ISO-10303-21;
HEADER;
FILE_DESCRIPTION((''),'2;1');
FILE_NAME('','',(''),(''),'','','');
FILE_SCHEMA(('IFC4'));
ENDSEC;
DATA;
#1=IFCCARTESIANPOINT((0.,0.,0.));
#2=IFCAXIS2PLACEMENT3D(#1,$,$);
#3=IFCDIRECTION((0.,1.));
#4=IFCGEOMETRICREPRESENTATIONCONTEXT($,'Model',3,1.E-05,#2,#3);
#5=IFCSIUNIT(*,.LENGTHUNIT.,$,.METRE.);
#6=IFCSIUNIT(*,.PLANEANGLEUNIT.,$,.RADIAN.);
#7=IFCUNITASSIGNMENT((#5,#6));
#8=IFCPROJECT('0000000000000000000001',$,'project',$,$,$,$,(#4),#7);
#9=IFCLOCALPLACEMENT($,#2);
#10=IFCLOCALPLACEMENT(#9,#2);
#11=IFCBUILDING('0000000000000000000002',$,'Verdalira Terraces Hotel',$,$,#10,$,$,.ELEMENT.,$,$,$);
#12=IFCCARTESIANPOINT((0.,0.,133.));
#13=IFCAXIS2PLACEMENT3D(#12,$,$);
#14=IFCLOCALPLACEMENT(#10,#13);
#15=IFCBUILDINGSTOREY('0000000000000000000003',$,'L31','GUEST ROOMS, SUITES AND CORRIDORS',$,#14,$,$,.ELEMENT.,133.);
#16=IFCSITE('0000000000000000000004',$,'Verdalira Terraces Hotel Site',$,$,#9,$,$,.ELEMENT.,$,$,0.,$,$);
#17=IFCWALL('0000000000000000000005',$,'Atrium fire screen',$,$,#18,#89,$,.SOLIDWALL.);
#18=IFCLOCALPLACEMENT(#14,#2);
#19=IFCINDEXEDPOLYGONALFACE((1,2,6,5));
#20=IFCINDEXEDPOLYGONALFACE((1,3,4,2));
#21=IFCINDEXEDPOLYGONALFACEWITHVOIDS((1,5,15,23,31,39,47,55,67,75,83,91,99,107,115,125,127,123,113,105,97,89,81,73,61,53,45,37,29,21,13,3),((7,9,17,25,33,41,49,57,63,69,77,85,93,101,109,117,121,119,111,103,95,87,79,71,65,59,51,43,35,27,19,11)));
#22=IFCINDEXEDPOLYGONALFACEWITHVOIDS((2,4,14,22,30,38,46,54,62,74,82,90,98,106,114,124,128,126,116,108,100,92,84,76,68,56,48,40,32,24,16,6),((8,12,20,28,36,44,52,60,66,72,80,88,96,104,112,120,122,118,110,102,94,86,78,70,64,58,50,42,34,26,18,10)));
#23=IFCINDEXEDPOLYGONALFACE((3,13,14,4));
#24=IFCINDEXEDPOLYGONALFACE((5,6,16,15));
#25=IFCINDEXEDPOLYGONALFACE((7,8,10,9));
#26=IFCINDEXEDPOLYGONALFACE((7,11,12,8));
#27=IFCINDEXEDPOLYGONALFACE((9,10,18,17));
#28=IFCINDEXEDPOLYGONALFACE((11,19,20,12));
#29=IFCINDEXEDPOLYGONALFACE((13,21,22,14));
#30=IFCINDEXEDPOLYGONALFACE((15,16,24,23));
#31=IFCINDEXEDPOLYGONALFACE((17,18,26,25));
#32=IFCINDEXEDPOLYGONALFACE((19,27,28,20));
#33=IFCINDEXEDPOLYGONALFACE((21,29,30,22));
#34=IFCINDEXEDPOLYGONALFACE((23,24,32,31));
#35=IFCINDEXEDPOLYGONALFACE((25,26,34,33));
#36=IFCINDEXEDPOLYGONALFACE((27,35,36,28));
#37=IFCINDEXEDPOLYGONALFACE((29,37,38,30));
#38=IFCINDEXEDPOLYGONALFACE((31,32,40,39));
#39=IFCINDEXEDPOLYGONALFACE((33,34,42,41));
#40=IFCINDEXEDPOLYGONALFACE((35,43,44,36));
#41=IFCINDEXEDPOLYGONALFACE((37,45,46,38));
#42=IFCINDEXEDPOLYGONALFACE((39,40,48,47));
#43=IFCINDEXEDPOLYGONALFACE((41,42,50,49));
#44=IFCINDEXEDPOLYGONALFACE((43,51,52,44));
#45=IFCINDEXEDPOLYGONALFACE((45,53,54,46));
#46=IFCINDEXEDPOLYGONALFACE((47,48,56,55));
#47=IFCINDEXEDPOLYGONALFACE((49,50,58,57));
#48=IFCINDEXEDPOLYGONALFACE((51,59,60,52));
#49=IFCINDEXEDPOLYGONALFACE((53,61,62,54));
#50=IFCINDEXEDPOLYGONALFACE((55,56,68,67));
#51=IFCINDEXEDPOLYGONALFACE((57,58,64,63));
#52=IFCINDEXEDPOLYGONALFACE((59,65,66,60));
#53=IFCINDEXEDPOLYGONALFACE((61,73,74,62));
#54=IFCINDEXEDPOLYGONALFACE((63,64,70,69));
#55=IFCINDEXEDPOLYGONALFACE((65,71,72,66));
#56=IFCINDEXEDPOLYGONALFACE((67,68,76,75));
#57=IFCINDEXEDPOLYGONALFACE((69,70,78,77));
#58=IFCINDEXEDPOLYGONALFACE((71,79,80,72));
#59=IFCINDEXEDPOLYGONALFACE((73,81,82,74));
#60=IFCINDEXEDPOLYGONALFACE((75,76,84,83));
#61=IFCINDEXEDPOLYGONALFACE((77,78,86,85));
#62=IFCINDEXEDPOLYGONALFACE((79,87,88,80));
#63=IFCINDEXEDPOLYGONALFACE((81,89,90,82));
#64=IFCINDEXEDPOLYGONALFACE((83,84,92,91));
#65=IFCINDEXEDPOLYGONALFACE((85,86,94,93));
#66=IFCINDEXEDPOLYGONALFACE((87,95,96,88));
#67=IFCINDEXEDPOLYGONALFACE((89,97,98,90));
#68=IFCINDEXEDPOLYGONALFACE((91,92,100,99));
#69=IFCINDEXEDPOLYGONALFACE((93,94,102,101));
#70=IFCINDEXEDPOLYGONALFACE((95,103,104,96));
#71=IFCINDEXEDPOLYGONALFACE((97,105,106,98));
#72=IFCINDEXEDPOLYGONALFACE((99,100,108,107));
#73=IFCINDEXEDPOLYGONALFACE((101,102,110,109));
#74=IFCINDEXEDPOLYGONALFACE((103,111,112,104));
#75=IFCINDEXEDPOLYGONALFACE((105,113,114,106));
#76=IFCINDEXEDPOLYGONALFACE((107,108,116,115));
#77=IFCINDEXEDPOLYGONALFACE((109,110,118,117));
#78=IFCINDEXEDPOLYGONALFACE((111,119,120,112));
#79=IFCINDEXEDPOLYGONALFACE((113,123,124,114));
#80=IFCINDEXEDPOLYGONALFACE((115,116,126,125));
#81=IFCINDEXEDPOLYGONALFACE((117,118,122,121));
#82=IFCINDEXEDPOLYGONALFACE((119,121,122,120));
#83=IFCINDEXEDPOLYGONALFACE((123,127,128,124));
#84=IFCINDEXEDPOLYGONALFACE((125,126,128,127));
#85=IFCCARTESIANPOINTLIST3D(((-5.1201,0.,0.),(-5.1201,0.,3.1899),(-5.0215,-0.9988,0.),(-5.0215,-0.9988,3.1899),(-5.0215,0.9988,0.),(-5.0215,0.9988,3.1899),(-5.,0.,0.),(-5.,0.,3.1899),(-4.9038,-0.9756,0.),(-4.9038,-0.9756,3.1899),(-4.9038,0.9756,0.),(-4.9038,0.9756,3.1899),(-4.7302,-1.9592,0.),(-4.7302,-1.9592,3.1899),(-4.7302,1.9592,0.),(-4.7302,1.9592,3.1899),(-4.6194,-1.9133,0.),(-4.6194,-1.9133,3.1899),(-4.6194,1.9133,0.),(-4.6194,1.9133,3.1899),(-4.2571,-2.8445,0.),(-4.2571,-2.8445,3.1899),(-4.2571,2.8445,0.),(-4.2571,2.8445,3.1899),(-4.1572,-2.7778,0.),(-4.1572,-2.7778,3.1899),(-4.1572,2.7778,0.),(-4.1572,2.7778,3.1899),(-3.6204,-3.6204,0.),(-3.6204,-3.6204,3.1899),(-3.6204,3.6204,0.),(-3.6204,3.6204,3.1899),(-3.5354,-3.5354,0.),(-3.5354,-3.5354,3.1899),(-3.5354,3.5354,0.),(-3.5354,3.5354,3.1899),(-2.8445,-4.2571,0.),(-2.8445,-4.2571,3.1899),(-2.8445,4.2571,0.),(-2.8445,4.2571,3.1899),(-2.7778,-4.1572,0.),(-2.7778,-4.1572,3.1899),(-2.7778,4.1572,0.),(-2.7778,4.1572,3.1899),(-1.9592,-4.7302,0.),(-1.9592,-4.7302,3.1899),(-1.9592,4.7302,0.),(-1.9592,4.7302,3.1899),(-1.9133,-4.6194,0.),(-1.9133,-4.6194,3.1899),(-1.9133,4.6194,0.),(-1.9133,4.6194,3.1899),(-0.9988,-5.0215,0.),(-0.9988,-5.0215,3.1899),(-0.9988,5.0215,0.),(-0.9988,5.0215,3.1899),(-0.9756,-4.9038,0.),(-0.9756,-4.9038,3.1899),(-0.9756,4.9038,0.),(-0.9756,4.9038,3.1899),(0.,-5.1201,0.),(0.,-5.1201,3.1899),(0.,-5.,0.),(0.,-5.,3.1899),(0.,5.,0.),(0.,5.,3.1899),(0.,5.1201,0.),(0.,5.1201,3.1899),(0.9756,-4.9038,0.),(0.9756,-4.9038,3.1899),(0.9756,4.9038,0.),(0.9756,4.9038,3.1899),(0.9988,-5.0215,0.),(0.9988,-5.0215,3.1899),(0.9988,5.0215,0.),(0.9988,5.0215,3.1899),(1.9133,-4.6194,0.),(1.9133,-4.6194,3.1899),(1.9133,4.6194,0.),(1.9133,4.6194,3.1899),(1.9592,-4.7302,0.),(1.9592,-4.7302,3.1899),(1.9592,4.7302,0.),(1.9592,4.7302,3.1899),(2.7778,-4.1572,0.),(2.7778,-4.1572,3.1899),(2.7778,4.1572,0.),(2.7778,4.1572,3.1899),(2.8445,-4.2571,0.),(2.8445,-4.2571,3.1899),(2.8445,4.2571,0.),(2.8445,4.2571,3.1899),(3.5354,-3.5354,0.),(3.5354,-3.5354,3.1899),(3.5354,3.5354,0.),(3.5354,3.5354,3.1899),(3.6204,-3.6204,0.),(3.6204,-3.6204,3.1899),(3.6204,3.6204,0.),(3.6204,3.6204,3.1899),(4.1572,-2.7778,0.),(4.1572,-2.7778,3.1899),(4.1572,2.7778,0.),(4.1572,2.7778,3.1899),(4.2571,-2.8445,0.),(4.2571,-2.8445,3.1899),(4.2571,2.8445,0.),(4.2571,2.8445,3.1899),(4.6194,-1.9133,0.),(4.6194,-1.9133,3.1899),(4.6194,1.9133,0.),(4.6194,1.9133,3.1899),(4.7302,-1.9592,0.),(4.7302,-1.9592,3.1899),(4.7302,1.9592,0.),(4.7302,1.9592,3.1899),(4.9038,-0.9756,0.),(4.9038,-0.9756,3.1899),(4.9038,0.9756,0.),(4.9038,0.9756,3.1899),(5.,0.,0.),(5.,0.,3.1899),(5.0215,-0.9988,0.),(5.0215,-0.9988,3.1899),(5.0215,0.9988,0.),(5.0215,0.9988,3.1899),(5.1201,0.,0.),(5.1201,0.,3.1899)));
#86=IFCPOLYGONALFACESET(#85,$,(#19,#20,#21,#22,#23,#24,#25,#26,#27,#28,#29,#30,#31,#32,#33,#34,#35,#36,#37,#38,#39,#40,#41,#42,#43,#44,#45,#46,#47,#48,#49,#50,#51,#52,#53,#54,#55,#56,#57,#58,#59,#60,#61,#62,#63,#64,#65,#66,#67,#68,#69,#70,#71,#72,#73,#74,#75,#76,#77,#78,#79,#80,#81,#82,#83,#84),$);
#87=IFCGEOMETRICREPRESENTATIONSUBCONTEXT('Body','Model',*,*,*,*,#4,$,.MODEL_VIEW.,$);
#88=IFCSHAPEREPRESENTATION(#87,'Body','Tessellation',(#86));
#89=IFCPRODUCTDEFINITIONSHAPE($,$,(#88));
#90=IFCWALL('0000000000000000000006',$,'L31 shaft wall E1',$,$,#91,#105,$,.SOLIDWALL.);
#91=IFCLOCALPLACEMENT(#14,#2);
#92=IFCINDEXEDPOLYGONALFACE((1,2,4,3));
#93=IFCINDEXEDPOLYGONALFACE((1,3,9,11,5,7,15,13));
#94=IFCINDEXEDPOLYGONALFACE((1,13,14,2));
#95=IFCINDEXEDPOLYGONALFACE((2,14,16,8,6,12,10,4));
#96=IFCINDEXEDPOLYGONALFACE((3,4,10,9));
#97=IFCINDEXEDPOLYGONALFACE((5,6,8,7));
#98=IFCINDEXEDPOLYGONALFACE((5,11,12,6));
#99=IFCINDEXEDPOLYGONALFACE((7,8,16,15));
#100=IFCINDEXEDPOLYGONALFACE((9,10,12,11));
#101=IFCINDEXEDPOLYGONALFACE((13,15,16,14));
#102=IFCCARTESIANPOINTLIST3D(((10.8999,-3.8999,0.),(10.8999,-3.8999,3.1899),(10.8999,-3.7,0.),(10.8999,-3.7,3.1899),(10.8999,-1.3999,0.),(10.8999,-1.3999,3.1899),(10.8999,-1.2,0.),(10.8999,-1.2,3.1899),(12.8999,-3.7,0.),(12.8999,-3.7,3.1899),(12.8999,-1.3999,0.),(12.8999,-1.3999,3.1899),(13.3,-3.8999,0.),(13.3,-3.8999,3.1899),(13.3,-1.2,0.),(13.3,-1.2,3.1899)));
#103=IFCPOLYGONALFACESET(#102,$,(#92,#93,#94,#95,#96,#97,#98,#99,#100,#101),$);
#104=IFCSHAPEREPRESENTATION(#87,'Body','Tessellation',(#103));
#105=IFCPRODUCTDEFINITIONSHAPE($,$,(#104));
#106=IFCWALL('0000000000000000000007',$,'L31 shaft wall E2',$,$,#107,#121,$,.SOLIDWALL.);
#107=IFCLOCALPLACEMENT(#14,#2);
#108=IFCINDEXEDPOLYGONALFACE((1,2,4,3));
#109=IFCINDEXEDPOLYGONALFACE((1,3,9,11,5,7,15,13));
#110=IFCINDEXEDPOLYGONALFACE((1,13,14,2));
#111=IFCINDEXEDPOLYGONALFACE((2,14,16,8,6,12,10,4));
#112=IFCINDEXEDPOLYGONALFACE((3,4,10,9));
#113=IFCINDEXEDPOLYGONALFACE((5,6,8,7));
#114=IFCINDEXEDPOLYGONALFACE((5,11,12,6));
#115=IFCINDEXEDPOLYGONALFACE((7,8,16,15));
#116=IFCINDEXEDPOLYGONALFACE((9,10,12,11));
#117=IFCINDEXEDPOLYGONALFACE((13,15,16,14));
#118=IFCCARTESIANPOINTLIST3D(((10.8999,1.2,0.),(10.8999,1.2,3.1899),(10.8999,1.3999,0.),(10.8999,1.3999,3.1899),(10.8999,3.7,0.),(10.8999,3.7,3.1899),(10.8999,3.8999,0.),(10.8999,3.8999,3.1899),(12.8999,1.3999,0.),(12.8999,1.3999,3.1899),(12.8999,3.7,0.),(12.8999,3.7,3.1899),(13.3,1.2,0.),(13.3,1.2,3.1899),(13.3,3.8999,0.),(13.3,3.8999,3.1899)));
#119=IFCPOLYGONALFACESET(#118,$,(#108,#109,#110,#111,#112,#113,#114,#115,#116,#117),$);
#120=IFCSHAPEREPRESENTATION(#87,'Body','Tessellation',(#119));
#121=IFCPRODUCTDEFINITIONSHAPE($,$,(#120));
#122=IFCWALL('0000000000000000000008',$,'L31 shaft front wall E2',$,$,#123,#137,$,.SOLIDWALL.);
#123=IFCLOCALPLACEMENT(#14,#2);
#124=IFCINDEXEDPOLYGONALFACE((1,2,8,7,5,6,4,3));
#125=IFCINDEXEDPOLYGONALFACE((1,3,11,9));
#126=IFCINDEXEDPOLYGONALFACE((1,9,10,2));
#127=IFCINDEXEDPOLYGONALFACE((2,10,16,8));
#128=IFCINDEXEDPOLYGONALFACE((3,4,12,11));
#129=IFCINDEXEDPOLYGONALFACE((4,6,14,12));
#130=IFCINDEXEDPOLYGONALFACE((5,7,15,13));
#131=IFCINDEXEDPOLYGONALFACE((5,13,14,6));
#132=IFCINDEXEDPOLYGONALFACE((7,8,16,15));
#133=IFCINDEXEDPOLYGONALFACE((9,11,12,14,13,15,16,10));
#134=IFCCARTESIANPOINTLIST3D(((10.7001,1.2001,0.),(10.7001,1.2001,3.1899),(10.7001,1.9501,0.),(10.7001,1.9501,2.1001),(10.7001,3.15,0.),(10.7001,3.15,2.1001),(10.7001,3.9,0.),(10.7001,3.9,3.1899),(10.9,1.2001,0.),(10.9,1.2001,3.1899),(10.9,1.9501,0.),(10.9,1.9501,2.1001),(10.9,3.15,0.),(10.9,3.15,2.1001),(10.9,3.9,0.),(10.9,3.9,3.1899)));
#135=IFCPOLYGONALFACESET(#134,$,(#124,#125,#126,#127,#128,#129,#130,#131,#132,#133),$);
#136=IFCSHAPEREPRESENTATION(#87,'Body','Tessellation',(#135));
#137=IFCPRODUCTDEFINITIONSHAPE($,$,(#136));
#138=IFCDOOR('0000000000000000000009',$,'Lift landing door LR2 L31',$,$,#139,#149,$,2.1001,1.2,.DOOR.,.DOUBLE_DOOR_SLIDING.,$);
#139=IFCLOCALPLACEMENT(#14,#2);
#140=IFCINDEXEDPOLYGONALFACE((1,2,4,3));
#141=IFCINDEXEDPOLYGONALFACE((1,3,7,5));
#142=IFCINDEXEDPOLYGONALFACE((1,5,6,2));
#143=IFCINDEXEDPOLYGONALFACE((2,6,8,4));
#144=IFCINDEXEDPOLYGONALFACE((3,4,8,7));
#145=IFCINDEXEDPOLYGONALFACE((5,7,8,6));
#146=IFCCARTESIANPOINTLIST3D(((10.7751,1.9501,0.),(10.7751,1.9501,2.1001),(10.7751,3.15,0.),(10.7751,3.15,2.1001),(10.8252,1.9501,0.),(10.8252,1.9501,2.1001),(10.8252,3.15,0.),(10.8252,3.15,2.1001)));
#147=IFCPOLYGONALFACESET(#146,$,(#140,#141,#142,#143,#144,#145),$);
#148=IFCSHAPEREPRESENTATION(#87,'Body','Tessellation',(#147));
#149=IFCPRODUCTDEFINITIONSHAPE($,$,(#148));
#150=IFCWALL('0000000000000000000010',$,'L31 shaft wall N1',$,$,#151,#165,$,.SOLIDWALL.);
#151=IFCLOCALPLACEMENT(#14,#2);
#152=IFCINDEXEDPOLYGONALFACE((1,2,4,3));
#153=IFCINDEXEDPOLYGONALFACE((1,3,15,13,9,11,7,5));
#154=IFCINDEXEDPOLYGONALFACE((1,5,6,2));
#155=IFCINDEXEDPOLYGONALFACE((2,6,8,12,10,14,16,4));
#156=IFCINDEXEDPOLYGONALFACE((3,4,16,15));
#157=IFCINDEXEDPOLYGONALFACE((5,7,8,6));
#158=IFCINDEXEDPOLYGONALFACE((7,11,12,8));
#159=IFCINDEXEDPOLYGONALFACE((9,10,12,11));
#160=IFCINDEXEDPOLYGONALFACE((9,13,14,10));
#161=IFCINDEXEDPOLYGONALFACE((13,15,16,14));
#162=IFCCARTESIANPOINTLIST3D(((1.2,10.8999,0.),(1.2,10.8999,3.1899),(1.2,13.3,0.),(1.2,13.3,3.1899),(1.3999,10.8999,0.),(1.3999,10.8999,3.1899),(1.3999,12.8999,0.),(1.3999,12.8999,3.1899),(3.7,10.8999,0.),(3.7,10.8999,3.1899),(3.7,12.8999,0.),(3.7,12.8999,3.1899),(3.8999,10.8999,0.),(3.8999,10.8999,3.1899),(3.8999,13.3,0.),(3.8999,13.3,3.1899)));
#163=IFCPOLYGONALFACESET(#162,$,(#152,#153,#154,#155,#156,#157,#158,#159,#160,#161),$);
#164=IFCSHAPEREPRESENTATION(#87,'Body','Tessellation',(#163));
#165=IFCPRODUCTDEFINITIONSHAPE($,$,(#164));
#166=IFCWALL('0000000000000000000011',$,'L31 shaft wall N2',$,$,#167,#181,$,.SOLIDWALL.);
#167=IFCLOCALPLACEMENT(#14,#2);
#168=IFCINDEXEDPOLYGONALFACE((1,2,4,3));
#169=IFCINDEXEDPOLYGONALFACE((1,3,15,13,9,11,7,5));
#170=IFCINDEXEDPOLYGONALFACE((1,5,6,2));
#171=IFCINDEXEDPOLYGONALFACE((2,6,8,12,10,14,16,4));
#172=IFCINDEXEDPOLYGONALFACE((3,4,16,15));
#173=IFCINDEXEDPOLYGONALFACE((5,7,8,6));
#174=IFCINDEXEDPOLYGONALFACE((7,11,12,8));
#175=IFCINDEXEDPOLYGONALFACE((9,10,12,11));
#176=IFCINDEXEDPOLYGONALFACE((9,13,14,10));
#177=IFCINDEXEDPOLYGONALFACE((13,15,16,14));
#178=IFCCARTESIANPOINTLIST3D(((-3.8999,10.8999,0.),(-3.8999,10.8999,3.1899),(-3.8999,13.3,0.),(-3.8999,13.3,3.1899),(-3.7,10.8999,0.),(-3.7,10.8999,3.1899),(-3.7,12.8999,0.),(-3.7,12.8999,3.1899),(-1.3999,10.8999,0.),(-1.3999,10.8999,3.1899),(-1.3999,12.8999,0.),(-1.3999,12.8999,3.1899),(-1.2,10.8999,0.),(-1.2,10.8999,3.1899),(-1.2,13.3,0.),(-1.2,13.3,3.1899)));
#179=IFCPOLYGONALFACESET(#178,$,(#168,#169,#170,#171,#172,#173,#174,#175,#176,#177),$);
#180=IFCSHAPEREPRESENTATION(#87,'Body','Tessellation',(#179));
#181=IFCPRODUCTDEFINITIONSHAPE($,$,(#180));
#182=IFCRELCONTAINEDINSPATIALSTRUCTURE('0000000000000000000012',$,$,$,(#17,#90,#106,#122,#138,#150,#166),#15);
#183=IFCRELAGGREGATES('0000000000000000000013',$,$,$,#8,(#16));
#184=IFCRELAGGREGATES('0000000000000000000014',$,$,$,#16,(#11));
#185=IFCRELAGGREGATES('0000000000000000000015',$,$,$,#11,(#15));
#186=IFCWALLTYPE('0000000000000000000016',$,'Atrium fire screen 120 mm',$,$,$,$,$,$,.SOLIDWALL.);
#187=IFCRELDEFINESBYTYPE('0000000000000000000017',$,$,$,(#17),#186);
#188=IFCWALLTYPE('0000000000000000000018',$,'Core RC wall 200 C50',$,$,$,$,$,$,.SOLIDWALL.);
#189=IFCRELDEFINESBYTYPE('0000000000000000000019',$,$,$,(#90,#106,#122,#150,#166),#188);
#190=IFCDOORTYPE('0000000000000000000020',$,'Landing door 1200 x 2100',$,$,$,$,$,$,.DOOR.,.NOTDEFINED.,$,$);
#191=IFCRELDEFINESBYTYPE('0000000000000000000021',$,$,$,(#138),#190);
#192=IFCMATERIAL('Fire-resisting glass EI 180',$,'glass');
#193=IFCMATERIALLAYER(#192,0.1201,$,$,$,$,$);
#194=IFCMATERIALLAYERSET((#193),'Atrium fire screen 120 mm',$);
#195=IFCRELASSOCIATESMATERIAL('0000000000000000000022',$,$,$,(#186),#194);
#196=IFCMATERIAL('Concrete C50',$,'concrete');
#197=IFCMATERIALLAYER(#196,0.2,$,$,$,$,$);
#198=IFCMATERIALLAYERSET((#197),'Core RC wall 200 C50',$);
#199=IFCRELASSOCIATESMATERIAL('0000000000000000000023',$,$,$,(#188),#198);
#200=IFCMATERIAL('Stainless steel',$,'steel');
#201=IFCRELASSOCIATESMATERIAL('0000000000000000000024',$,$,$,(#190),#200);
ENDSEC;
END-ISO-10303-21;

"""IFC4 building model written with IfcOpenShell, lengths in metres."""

from ifc_helpers import new_model, si_unit, direction, frame, frame_2d, origin, place, context, subcontext, project, spatial, polyline, rectangle, outline, extrude, material, layer, layer_set, type_object, element, fill, save


model = new_model("IFC4")

# Units and contexts
model_context = context("Model", 3, precision=1e-05, world=origin(), true_north=direction((0.0, 1.0)))
body_context = subcontext(model_context, "Body", "Model", "MODEL_VIEW")
ifc_project = project(units=[si_unit("LENGTHUNIT", "METRE"), si_unit("PLANEANGLEUNIT", "RADIAN")], contexts=[model_context])

# Site, building, storey
site_placement = place(None, origin())
site = spatial("IfcSite", under=ifc_project, at=site_placement, Name="Verdalira Terraces Hotel Site", CompositionType="ELEMENT", RefElevation=0.0)
building_placement = place(site_placement, origin())
building = spatial("IfcBuilding", under=site, at=building_placement, Name="Verdalira Terraces Hotel", CompositionType="ELEMENT")
storey_placement = place(building_placement, frame((0.0, 0.0, 133.0)))
storey = spatial("IfcBuildingStorey", under=building, at=storey_placement, Name="L31", Description="GUEST ROOMS, SUITES AND CORRIDORS", CompositionType="ELEMENT", Elevation=133.0)

# Walls
ifc_material_1 = material(Name="Fire-resisting glass EI 180", Category="glass")
ifc_layer_1 = layer(ifc_material_1, 0.1201)
ifc_layer_set_1 = layer_set([ifc_layer_1], Name="Atrium fire screen 120 mm")
wall_type_1 = type_object("IfcWallType", Name="Atrium fire screen 120 mm", PredefinedType="SOLIDWALL", material=ifc_layer_set_1)
wall_1_placement = place(storey_placement, origin())
element("IfcWall", 1, at=wall_1_placement, inside=storey, type_object=wall_type_1, Name="Atrium fire screen", PredefinedType="SOLIDWALL", context=body_context, shape_type="SweptSolid", body=[
    extrude(outline(polyline([(5.0215, -0.9988), (4.7302, -1.9592), (4.2571, -2.8445), (3.6204, -3.6204), (2.8445, -4.2571), (1.9592, -4.7302), (0.9988, -5.0215), (0.0, -5.1201), (-0.9988, -5.0215), (-1.9592, -4.7302), (-2.8445, -4.2571), (-3.6204, -3.6204), (-4.2571, -2.8445), (-4.7302, -1.9592), (-5.0215, -0.9988), (-5.1201, 0.0), (-5.0215, 0.9988), (-4.7302, 1.9592), (-4.2571, 2.8445), (-3.6204, 3.6204), (-2.8445, 4.2571), (-1.9592, 4.7302), (-0.9988, 5.0215), (0.0, 5.1201), (0.9988, 5.0215), (1.9592, 4.7302), (2.8445, 4.2571), (3.6204, 3.6204), (4.2571, 2.8445), (4.7302, 1.9592), (5.0215, 0.9988), (5.1201, 0.0), (5.0215, -0.9988)]), holes=[polyline([(4.9038, 0.9756), (4.6194, 1.9133), (4.1572, 2.7778), (3.5354, 3.5354), (2.7778, 4.1572), (1.9133, 4.6194), (0.9756, 4.9038), (0.0, 5.0), (-0.9756, 4.9038), (-1.9133, 4.6194), (-2.7778, 4.1572), (-3.5354, 3.5354), (-4.1572, 2.7778), (-4.6194, 1.9133), (-4.9038, 0.9756), (-5.0, 0.0), (-4.9038, -0.9756), (-4.6194, -1.9133), (-4.1572, -2.7778), (-3.5354, -3.5354), (-2.7778, -4.1572), (-1.9133, -4.6194), (-0.9756, -4.9038), (0.0, -5.0), (0.9756, -4.9038), (1.9133, -4.6194), (2.7778, -4.1572), (3.5354, -3.5354), (4.1572, -2.7778), (4.6194, -1.9133), (4.9038, -0.9756), (5.0, 0.0), (4.9038, 0.9756)])]), origin(), (0.0, 0.0, 1.0), 3.1899),
])
ifc_material_2 = material(Name="Concrete C50", Category="concrete")
ifc_layer_2 = layer(ifc_material_2, 0.2)
ifc_layer_set_2 = layer_set([ifc_layer_2], Name="Core RC wall 200 C50")
wall_type_2 = type_object("IfcWallType", Name="Core RC wall 200 C50", PredefinedType="SOLIDWALL", material=ifc_layer_set_2)
wall_2_placement = place(storey_placement, origin())
element("IfcWall", 2, at=wall_2_placement, inside=storey, type_object=wall_type_2, Name="L31 shaft wall E1", PredefinedType="SOLIDWALL", context=body_context, shape_type="SweptSolid", body=[
    extrude(outline(polyline([(13.3, -3.8999), (10.8999, -3.8999), (10.8999, -3.7), (12.8999, -3.7), (12.8999, -1.3999), (10.8999, -1.3999), (10.8999, -1.2), (13.3, -1.2), (13.3, -3.8999)])), origin(), (0.0, 0.0, 1.0), 3.1899),
])
wall_3_placement = place(storey_placement, origin())
element("IfcWall", 3, at=wall_3_placement, inside=storey, type_object=wall_type_2, Name="L31 shaft wall E2", PredefinedType="SOLIDWALL", context=body_context, shape_type="SweptSolid", body=[
    extrude(outline(polyline([(13.3, 3.8999), (13.3, 1.2), (10.8999, 1.2), (10.8999, 1.3999), (12.8999, 1.3999), (12.8999, 3.7), (10.8999, 3.7), (10.8999, 3.8999), (13.3, 3.8999)])), origin(), (0.0, 0.0, 1.0), 3.1899),
])

# Wall, opening, door
wall_4_placement = place(storey_placement, frame((10.8, 1.2, 0.0), z_axis=(0.0, 0.0, 1.0), x_axis=(0.0, 1.0, 0.0)))
wall_4 = element("IfcWall", 4, at=wall_4_placement, inside=storey, type_object=wall_type_2, Name="L31 shaft front wall E2", PredefinedType="SOLIDWALL", context=body_context, shape_type="SweptSolid", body=[
    extrude(rectangle(XDim=2.7, YDim=0.2, at=frame_2d((1.3501, 0.0))), origin(), (0.0, 0.0, 1.0), 3.1899),
])
opening_1_placement = place(wall_4_placement, frame((0.75, 0.0, 0.0)))
opening_1 = element("IfcOpeningElement", 5, at=opening_1_placement, cuts=wall_4, PredefinedType="OPENING", context=body_context, shape_type="SweptSolid", body=[
    extrude(rectangle(XDim=1.2, YDim=2.1001, at=frame_2d((0.6001, 1.05))), frame((0.0, 0.1099, 0.0), z_axis=(0.0, -1.0, 0.0), x_axis=(1.0, 0.0, 0.0)), (0.0, 0.0, 1.0), 0.22),
])
ifc_material_3 = material(Name="Stainless steel", Category="steel")
door_type_1 = type_object("IfcDoorType", Name="Landing door 1200 x 2100", OperationType="NOTDEFINED", PredefinedType="DOOR", material=ifc_material_3)
door_1_placement = place(opening_1_placement, origin())
door_1 = element("IfcDoor", 6, at=door_1_placement, inside=storey, type_object=door_type_1, Name="Lift landing door LR2 L31", OperationType="DOUBLE_DOOR_SLIDING", OverallHeight=2.1001, OverallWidth=1.2, PredefinedType="DOOR", context=body_context, shape_type="SweptSolid", body=[
    extrude(rectangle(XDim=1.2, YDim=2.1001, at=frame_2d((0.6001, 1.05))), frame((0.0, 0.0249, 0.0), z_axis=(0.0, -1.0, 0.0), x_axis=(1.0, 0.0, 0.0)), (0.0, 0.0, 1.0), 0.05),
])
fill(opening_1, door_1)

# Walls
wall_5_placement = place(storey_placement, origin())
element("IfcWall", 7, at=wall_5_placement, inside=storey, type_object=wall_type_2, Name="L31 shaft wall N1", PredefinedType="SOLIDWALL", context=body_context, shape_type="SweptSolid", body=[
    extrude(outline(polyline([(3.8999, 13.3), (3.8999, 10.8999), (3.7, 10.8999), (3.7, 12.8999), (1.3999, 12.8999), (1.3999, 10.8999), (1.2, 10.8999), (1.2, 13.3), (3.8999, 13.3)])), origin(), (0.0, 0.0, 1.0), 3.1899),
])
wall_6_placement = place(storey_placement, origin())
element("IfcWall", 8, at=wall_6_placement, inside=storey, type_object=wall_type_2, Name="L31 shaft wall N2", PredefinedType="SOLIDWALL", context=body_context, shape_type="SweptSolid", body=[
    extrude(outline(polyline([(-3.8999, 10.8999), (-3.8999, 13.3), (-1.2, 13.3), (-1.2, 10.8999), (-1.3999, 10.8999), (-1.3999, 12.8999), (-3.7, 12.8999), (-3.7, 10.8999), (-3.8999, 10.8999)])), origin(), (0.0, 0.0, 1.0), 3.1899),
])

save(model, "model.ifc")
